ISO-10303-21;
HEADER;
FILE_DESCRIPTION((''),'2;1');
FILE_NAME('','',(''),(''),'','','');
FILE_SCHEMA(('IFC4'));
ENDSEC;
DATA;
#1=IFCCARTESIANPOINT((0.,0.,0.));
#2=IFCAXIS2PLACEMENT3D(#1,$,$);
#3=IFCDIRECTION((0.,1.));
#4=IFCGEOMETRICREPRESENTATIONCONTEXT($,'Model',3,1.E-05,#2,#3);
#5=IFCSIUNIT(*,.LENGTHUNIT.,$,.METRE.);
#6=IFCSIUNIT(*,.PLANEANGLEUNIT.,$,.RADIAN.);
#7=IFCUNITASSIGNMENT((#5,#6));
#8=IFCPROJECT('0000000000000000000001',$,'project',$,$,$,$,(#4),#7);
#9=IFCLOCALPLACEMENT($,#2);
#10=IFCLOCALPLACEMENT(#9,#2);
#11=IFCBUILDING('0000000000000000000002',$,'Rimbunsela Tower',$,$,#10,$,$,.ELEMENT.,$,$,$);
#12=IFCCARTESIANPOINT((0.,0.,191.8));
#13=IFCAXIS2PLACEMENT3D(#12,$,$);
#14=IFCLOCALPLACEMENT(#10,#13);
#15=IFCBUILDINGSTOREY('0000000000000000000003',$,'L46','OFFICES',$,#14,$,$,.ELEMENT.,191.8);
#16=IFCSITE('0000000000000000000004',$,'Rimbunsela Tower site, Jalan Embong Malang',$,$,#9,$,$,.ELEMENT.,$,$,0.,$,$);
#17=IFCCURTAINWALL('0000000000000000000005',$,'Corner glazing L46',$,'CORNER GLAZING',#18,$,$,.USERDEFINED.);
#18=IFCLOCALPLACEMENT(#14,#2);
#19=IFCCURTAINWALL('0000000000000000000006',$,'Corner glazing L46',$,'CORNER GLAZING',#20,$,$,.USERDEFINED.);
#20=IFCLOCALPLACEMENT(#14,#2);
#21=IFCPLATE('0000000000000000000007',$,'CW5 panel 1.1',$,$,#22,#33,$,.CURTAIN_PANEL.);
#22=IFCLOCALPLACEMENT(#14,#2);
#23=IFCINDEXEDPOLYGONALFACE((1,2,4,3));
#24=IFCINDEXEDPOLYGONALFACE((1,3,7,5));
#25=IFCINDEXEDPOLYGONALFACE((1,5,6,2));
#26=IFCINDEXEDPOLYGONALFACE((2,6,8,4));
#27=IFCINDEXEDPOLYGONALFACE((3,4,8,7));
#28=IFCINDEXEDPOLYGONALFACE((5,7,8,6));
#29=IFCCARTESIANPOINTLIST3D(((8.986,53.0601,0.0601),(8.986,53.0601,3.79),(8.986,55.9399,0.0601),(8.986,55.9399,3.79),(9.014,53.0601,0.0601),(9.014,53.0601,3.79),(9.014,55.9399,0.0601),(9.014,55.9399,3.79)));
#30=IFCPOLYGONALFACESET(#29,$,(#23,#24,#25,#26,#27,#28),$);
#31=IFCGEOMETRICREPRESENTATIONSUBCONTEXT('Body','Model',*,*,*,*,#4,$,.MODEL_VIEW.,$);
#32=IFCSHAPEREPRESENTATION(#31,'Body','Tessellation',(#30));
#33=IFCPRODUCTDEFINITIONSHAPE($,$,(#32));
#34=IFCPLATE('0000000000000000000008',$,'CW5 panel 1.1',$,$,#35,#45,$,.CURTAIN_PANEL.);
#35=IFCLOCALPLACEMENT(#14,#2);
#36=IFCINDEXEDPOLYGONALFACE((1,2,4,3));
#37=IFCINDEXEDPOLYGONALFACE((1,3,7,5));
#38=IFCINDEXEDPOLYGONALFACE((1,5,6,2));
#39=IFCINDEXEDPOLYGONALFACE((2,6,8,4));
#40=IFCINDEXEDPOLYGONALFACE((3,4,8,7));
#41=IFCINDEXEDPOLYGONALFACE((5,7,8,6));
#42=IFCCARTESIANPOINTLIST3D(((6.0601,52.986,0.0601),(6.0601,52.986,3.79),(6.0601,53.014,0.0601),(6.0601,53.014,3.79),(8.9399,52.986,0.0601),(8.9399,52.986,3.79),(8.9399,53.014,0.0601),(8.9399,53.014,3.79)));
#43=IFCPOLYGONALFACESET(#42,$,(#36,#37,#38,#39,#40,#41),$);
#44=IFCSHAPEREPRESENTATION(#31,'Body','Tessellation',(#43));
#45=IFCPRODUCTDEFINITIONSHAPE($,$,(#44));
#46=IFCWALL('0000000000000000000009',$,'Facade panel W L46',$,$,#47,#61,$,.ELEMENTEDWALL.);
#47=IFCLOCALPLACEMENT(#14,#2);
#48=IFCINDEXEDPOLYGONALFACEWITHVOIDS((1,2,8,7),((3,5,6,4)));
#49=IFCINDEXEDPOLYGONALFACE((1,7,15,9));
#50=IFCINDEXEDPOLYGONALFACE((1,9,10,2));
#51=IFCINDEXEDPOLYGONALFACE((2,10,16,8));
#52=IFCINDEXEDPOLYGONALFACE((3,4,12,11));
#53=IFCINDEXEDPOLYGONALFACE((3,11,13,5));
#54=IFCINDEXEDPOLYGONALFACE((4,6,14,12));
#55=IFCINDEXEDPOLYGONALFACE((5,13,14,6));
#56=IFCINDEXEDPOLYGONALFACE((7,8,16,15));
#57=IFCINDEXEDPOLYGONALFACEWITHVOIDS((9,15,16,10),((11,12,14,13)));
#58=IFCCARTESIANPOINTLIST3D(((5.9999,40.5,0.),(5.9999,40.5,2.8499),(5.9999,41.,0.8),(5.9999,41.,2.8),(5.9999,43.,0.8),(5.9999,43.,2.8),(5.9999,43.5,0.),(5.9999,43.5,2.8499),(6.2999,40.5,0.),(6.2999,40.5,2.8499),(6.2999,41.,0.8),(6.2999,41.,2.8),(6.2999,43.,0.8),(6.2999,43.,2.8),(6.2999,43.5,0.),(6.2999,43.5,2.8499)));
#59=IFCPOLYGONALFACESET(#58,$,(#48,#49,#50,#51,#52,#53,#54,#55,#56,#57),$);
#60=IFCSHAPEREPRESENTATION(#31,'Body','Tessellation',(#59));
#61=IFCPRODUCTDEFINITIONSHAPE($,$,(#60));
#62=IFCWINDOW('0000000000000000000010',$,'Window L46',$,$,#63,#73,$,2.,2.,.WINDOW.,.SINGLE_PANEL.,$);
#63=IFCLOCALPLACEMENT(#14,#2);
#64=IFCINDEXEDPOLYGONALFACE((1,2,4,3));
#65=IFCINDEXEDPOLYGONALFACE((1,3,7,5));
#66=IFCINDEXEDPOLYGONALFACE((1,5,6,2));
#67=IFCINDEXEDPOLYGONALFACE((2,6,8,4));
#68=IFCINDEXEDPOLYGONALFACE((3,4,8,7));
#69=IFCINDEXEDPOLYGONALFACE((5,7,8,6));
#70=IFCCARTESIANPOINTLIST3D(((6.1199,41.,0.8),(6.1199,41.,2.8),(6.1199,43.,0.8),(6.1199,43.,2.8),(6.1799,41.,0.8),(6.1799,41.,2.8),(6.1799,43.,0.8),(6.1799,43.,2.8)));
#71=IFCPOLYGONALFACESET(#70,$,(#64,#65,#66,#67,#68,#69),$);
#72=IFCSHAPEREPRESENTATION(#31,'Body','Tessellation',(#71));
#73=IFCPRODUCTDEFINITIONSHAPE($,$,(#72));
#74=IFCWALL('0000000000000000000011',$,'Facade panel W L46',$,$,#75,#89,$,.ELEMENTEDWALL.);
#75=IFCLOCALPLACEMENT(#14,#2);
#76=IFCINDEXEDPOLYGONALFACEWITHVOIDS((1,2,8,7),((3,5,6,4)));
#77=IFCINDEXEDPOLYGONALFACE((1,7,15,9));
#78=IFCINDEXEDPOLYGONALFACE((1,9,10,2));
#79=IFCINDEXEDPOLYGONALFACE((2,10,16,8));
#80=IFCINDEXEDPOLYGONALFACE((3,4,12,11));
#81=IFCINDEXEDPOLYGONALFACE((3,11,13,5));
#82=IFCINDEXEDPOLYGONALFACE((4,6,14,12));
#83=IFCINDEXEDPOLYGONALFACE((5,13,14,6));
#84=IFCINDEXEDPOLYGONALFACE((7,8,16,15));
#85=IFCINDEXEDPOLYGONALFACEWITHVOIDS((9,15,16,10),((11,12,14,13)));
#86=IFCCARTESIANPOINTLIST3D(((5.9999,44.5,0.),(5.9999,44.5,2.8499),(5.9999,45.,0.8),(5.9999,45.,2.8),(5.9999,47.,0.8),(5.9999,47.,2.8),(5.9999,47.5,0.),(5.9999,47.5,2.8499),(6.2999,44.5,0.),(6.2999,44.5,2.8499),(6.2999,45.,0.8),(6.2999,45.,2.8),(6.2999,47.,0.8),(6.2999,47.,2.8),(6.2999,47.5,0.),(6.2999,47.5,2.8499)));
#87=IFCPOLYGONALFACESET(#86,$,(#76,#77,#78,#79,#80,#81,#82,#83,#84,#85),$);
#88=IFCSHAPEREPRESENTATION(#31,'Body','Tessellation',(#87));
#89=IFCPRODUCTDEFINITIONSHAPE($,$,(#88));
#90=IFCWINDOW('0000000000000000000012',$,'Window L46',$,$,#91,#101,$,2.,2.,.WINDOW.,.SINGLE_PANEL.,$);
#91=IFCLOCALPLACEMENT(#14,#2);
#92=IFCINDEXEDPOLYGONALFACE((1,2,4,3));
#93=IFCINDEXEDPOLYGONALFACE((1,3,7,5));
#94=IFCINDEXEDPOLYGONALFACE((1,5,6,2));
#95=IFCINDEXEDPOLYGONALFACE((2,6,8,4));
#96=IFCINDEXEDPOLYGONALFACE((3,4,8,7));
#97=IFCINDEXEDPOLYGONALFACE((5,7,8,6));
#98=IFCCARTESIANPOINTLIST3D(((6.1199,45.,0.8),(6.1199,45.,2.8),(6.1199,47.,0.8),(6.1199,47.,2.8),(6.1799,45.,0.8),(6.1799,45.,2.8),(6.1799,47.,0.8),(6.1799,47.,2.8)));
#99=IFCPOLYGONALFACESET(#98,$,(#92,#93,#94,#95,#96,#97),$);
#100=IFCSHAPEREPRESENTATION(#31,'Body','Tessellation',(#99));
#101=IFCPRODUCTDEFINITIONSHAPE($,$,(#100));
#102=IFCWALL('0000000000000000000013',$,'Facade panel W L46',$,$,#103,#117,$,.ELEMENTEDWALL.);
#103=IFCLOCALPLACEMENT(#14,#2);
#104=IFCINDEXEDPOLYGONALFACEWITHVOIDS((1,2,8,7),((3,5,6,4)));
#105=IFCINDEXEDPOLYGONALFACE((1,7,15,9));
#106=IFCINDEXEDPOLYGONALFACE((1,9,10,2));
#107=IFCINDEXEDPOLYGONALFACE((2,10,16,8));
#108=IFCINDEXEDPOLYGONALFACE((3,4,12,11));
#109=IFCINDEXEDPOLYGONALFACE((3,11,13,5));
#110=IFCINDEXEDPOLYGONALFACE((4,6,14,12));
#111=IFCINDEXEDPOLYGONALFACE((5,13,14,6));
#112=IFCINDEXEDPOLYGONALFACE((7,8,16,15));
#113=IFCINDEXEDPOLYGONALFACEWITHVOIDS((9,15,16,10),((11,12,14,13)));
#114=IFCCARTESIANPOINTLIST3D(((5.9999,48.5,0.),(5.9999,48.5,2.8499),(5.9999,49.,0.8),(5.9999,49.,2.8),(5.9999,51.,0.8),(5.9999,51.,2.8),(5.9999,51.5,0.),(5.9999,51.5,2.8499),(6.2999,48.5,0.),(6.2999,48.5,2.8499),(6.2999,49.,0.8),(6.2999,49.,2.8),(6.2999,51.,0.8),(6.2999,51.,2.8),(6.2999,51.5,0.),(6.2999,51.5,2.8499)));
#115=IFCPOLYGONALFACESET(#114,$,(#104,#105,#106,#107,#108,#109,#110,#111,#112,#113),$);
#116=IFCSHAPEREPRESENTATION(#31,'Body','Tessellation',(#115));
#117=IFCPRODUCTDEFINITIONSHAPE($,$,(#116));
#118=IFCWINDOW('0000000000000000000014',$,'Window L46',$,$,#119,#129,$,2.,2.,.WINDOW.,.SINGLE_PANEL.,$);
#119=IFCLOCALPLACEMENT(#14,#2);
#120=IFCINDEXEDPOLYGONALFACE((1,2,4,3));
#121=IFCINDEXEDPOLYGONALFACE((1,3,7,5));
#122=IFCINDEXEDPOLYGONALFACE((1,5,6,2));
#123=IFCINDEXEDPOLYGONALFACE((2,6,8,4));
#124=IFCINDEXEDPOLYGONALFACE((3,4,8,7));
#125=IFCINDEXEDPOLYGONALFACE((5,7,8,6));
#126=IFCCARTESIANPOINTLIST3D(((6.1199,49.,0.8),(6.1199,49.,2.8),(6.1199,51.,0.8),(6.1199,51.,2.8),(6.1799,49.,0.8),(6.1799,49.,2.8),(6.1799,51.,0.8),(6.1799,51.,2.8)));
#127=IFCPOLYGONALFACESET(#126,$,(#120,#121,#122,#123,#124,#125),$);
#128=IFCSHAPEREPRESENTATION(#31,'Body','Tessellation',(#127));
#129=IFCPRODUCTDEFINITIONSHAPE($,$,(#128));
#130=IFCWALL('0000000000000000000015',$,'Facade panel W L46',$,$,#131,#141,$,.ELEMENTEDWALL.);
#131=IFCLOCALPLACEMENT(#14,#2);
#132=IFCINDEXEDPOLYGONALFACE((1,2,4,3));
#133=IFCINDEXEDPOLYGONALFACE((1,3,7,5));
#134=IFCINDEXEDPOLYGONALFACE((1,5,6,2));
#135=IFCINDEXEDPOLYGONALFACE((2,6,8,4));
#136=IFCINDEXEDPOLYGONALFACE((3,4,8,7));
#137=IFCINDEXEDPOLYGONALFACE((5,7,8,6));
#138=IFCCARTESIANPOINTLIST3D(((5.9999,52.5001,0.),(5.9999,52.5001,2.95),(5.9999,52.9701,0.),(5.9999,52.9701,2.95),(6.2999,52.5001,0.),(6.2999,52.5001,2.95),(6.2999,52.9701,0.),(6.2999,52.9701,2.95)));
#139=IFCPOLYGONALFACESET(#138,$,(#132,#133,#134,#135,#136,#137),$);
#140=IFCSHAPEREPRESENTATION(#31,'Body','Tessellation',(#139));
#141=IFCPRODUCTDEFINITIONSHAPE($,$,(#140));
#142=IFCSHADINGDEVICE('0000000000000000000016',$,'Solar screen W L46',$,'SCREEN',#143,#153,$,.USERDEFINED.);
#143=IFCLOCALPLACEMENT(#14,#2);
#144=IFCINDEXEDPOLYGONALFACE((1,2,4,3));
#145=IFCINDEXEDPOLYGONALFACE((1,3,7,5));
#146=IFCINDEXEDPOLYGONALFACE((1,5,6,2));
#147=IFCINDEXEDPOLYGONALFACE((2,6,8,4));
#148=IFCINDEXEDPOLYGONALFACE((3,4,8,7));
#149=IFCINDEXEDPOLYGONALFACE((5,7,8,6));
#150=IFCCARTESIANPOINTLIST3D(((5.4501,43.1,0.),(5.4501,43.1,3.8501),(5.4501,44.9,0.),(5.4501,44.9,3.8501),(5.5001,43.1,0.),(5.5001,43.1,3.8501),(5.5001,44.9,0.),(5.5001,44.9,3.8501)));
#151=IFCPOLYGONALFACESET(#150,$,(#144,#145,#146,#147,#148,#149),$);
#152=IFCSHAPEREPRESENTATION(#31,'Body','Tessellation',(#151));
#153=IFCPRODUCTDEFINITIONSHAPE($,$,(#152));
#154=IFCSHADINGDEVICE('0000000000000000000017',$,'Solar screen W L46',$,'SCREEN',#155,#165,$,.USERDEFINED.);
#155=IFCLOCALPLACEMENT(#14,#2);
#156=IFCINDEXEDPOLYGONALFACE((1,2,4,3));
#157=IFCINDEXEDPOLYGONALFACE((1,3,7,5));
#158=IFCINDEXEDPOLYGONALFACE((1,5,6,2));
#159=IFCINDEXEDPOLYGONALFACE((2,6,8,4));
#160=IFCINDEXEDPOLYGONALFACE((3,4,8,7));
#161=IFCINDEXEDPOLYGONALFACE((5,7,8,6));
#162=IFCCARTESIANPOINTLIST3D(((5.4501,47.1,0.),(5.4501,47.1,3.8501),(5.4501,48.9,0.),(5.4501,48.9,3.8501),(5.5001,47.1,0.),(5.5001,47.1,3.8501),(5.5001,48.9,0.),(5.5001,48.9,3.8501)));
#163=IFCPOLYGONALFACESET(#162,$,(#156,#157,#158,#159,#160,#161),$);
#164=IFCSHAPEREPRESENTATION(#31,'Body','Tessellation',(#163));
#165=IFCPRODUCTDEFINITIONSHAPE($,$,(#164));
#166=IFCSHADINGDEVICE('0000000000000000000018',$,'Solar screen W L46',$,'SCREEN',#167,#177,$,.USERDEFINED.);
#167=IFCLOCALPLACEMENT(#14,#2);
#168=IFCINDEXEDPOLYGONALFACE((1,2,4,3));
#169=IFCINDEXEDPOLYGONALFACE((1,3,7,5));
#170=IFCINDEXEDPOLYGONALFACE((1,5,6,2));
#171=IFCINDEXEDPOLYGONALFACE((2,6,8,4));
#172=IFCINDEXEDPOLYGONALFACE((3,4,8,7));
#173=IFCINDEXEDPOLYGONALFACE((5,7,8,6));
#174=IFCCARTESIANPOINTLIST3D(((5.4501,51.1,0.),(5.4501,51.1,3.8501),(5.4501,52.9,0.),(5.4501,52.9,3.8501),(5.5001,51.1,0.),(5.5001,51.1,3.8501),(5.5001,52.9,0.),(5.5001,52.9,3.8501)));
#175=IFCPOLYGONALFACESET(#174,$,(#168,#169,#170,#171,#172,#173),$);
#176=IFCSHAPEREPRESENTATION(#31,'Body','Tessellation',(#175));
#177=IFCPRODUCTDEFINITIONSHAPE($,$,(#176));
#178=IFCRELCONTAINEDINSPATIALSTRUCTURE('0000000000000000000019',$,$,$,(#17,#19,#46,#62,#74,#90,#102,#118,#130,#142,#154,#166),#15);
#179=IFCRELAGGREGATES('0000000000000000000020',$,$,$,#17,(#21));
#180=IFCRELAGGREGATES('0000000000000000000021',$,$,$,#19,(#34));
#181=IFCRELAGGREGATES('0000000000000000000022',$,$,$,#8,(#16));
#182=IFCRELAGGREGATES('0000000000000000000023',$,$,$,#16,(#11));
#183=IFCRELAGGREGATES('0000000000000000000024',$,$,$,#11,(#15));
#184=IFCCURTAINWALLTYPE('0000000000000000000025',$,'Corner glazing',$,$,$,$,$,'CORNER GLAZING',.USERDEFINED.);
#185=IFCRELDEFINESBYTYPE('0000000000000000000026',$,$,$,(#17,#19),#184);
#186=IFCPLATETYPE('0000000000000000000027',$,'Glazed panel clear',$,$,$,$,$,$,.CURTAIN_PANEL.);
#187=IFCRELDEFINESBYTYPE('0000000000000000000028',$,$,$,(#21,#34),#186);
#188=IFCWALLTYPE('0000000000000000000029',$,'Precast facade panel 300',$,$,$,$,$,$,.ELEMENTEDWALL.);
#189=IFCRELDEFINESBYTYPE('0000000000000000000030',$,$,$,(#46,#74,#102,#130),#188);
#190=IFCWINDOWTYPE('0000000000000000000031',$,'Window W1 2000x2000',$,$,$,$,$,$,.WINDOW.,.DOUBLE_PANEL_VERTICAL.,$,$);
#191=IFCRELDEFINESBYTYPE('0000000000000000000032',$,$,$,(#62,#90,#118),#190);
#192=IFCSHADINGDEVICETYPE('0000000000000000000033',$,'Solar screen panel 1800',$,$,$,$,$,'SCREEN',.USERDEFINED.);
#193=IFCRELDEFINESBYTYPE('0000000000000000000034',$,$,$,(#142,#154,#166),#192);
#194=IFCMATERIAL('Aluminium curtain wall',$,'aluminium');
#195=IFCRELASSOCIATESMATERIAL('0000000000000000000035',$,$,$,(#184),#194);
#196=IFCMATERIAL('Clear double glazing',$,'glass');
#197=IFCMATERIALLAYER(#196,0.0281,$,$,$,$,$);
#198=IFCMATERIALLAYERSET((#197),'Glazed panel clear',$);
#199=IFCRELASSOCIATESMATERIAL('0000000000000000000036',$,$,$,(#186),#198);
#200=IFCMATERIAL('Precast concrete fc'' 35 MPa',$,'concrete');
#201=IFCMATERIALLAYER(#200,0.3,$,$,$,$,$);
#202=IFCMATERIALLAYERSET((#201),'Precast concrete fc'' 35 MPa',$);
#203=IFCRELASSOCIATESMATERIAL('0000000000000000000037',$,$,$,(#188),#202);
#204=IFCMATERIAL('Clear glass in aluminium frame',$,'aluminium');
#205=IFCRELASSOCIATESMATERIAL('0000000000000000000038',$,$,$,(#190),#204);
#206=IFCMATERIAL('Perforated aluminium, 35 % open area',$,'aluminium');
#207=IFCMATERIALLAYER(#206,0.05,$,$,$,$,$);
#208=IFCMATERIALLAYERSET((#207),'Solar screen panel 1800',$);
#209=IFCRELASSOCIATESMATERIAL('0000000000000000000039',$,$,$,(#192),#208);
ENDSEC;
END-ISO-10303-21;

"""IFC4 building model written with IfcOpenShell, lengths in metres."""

from ifc_helpers import new_model, si_unit, direction, frame, frame_2d, origin, origin_2d, place, context, subcontext, project, spatial, rectangle, extrude, material, layer, layer_set, type_object, element, fill, aggregate, save


model = new_model("IFC4")

# Units and contexts
model_context = context("Model", 3, precision=1e-05, world=origin(), true_north=direction((0.0, 1.0)))
body_context = subcontext(model_context, "Body", "Model", "MODEL_VIEW")
ifc_project = project(units=[si_unit("LENGTHUNIT", "METRE"), si_unit("PLANEANGLEUNIT", "RADIAN")], contexts=[model_context])

# Site, building, storey
site_placement = place(None, origin())
site = spatial("IfcSite", under=ifc_project, at=site_placement, Name="Rimbunsela Tower site, Jalan Embong Malang", CompositionType="ELEMENT", RefElevation=0.0)
building_placement = place(site_placement, origin())
building = spatial("IfcBuilding", under=site, at=building_placement, Name="Rimbunsela Tower", CompositionType="ELEMENT")
storey_placement = place(building_placement, frame((0.0, 0.0, 191.8)))
storey = spatial("IfcBuildingStorey", under=building, at=storey_placement, Name="L46", Description="OFFICES", CompositionType="ELEMENT", Elevation=191.8)

# Curtain wall
ifc_material_1 = material(Name="Aluminium curtain wall", Category="aluminium")
curtain_wall_type = type_object("IfcCurtainWallType", Name="Corner glazing", ElementType="CORNER GLAZING", PredefinedType="USERDEFINED", material=ifc_material_1)
curtain_wall_1_placement = place(storey_placement, origin())
curtain_wall_1 = element("IfcCurtainWall", 1, at=curtain_wall_1_placement, inside=storey, type_object=curtain_wall_type, Name="Corner glazing L46", ObjectType="CORNER GLAZING", PredefinedType="USERDEFINED")

# Curtain wall
curtain_wall_2_placement = place(storey_placement, origin())
curtain_wall_2 = element("IfcCurtainWall", 2, at=curtain_wall_2_placement, inside=storey, type_object=curtain_wall_type, Name="Corner glazing L46", ObjectType="CORNER GLAZING", PredefinedType="USERDEFINED")

# Plates
ifc_material_2 = material(Name="Clear double glazing", Category="glass")
ifc_layer_1 = layer(ifc_material_2, 0.0281)
ifc_layer_set_1 = layer_set([ifc_layer_1], Name="Glazed panel clear")
plate_type = type_object("IfcPlateType", Name="Glazed panel clear", PredefinedType="CURTAIN_PANEL", material=ifc_layer_set_1)
plate_1_placement = place(storey_placement, frame((9.0, 54.5, 0.0601), z_axis=(0.0, 0.0, 1.0), x_axis=(0.0, -1.0, 0.0)))
plate_1 = element("IfcPlate", 3, at=plate_1_placement, type_object=plate_type, Name="CW5 panel 1.1", PredefinedType="CURTAIN_PANEL", context=body_context, shape_type="SweptSolid", body=[
    extrude(rectangle(XDim=2.8799, YDim=0.0281, at=origin_2d()), origin(), (0.0, 0.0, 1.0), 3.73),
])
aggregate(curtain_wall_1, [plate_1])
plate_2_placement = place(storey_placement, frame((7.5, 53.0, 0.0601), z_axis=(0.0, 0.0, 1.0), x_axis=(-1.0, 0.0, 0.0)))
plate_2 = element("IfcPlate", 4, at=plate_2_placement, type_object=plate_type, Name="CW5 panel 1.1", PredefinedType="CURTAIN_PANEL", context=body_context, shape_type="SweptSolid", body=[
    extrude(rectangle(XDim=2.8799, YDim=0.0281, at=origin_2d()), origin(), (0.0, 0.0, 1.0), 3.73),
])
aggregate(curtain_wall_2, [plate_2])

# Walls, openings, windows
ifc_material_3 = material(Name="Precast concrete fc' 35 MPa", Category="concrete")
ifc_layer_2 = layer(ifc_material_3, 0.3)
ifc_layer_set_2 = layer_set([ifc_layer_2], Name="Precast concrete fc' 35 MPa")
wall_type = type_object("IfcWallType", Name="Precast facade panel 300", PredefinedType="ELEMENTEDWALL", material=ifc_layer_set_2)
wall_1_placement = place(storey_placement, frame((6.1499, 43.5, 0.0), z_axis=(0.0, 0.0, 1.0), x_axis=(0.0, -1.0, 0.0)))
wall_1 = element("IfcWall", 5, at=wall_1_placement, inside=storey, type_object=wall_type, Name="Facade panel W L46", PredefinedType="ELEMENTEDWALL", context=body_context, shape_type="SweptSolid", body=[
    extrude(rectangle(XDim=3.0, YDim=0.3, at=frame_2d((1.5, 0.0))), origin(), (0.0, 0.0, 1.0), 2.8499),
])
opening_1_placement = place(wall_1_placement, frame((0.5, 0.0, 0.8)))
opening_1 = element("IfcOpeningElement", 6, at=opening_1_placement, cuts=wall_1, PredefinedType="OPENING", context=body_context, shape_type="SweptSolid", body=[
    extrude(rectangle(XDim=2.0, YDim=2.0, at=frame_2d((1.0, 1.0))), frame((0.0, 0.1599, 0.0), z_axis=(0.0, -1.0, 0.0), x_axis=(1.0, 0.0, 0.0)), (0.0, 0.0, 1.0), 0.3201),
])
ifc_material_4 = material(Name="Clear glass in aluminium frame", Category="aluminium")
window_type = type_object("IfcWindowType", Name="Window W1 2000x2000", PartitioningType="DOUBLE_PANEL_VERTICAL", PredefinedType="WINDOW", material=ifc_material_4)
window_1_placement = place(opening_1_placement, origin())
window_1 = element("IfcWindow", 7, at=window_1_placement, inside=storey, type_object=window_type, Name="Window L46", OverallHeight=2.0, OverallWidth=2.0, PartitioningType="SINGLE_PANEL", PredefinedType="WINDOW", context=body_context, shape_type="SweptSolid", body=[
    extrude(rectangle(XDim=2.0, YDim=2.0, at=frame_2d((1.0, 1.0))), frame((0.0, 0.03, 0.0), z_axis=(0.0, -1.0, 0.0), x_axis=(1.0, 0.0, 0.0)), (0.0, 0.0, 1.0), 0.0601),
])
fill(opening_1, window_1)
wall_2_placement = place(storey_placement, frame((6.1499, 47.5, 0.0), z_axis=(0.0, 0.0, 1.0), x_axis=(0.0, -1.0, 0.0)))
wall_2 = element("IfcWall", 8, at=wall_2_placement, inside=storey, type_object=wall_type, Name="Facade panel W L46", PredefinedType="ELEMENTEDWALL", context=body_context, shape_type="SweptSolid", body=[
    extrude(rectangle(XDim=3.0, YDim=0.3, at=frame_2d((1.5, 0.0))), origin(), (0.0, 0.0, 1.0), 2.8499),
])
opening_2_placement = place(wall_2_placement, frame((0.5, 0.0, 0.8)))
opening_2 = element("IfcOpeningElement", 9, at=opening_2_placement, cuts=wall_2, PredefinedType="OPENING", context=body_context, shape_type="SweptSolid", body=[
    extrude(rectangle(XDim=2.0, YDim=2.0, at=frame_2d((1.0, 1.0))), frame((0.0, 0.1599, 0.0), z_axis=(0.0, -1.0, 0.0), x_axis=(1.0, 0.0, 0.0)), (0.0, 0.0, 1.0), 0.3201),
])
window_2_placement = place(opening_2_placement, origin())
window_2 = element("IfcWindow", 10, at=window_2_placement, inside=storey, type_object=window_type, Name="Window L46", OverallHeight=2.0, OverallWidth=2.0, PartitioningType="SINGLE_PANEL", PredefinedType="WINDOW", context=body_context, shape_type="SweptSolid", body=[
    extrude(rectangle(XDim=2.0, YDim=2.0, at=frame_2d((1.0, 1.0))), frame((0.0, 0.03, 0.0), z_axis=(0.0, -1.0, 0.0), x_axis=(1.0, 0.0, 0.0)), (0.0, 0.0, 1.0), 0.0601),
])
fill(opening_2, window_2)
wall_3_placement = place(storey_placement, frame((6.1499, 51.5, 0.0), z_axis=(0.0, 0.0, 1.0), x_axis=(0.0, -1.0, 0.0)))
wall_3 = element("IfcWall", 11, at=wall_3_placement, inside=storey, type_object=wall_type, Name="Facade panel W L46", PredefinedType="ELEMENTEDWALL", context=body_context, shape_type="SweptSolid", body=[
    extrude(rectangle(XDim=3.0, YDim=0.3, at=frame_2d((1.5, 0.0))), origin(), (0.0, 0.0, 1.0), 2.8499),
])
opening_3_placement = place(wall_3_placement, frame((0.5, 0.0, 0.8)))
opening_3 = element("IfcOpeningElement", 12, at=opening_3_placement, cuts=wall_3, PredefinedType="OPENING", context=body_context, shape_type="SweptSolid", body=[
    extrude(rectangle(XDim=2.0, YDim=2.0, at=frame_2d((1.0, 1.0))), frame((0.0, 0.1599, 0.0), z_axis=(0.0, -1.0, 0.0), x_axis=(1.0, 0.0, 0.0)), (0.0, 0.0, 1.0), 0.3201),
])
window_3_placement = place(opening_3_placement, origin())
window_3 = element("IfcWindow", 13, at=window_3_placement, inside=storey, type_object=window_type, Name="Window L46", OverallHeight=2.0, OverallWidth=2.0, PartitioningType="SINGLE_PANEL", PredefinedType="WINDOW", context=body_context, shape_type="SweptSolid", body=[
    extrude(rectangle(XDim=2.0, YDim=2.0, at=frame_2d((1.0, 1.0))), frame((0.0, 0.03, 0.0), z_axis=(0.0, -1.0, 0.0), x_axis=(1.0, 0.0, 0.0)), (0.0, 0.0, 1.0), 0.0601),
])
fill(opening_3, window_3)

# Wall
wall_4_placement = place(storey_placement, frame((6.1499, 52.97, 0.0), z_axis=(0.0, 0.0, 1.0), x_axis=(0.0, -1.0, 0.0)))
element("IfcWall", 14, at=wall_4_placement, inside=storey, type_object=wall_type, Name="Facade panel W L46", PredefinedType="ELEMENTEDWALL", context=body_context, shape_type="SweptSolid", body=[
    extrude(rectangle(XDim=0.47, YDim=0.3, at=frame_2d((0.2349, 0.0))), origin(), (0.0, 0.0, 1.0), 2.95),
])

# Shading devices
ifc_material_5 = material(Name="Perforated aluminium, 35 % open area", Category="aluminium")
ifc_layer_3 = layer(ifc_material_5, 0.05)
ifc_layer_set_3 = layer_set([ifc_layer_3], Name="Solar screen panel 1800")
shading_device_type = type_object("IfcShadingDeviceType", Name="Solar screen panel 1800", ElementType="SCREEN", PredefinedType="USERDEFINED", material=ifc_layer_set_3)
for number, where, z_axis, x_axis, name in (
    (15, (5.4751, 44.0, 0.0), (0.0, 0.0, 1.0), (0.0, 1.0, 0.0), "Solar screen W L46"),
    (16, (5.4751, 48.0, 0.0), (0.0, 0.0, 1.0), (0.0, 1.0, 0.0), "Solar screen W L46"),
    (17, (5.4751, 52.0, 0.0), (0.0, 0.0, 1.0), (0.0, 1.0, 0.0), "Solar screen W L46"),
):
    element("IfcShadingDevice", number, at=place(storey_placement, frame(where, z_axis=z_axis, x_axis=x_axis)), inside=storey, type_object=shading_device_type, Name=name, ObjectType="SCREEN", PredefinedType="USERDEFINED", context=body_context, shape_type="SweptSolid", body=[
        extrude(rectangle(XDim=1.8, YDim=0.05, at=origin_2d()), origin(), (0.0, 0.0, 1.0), 3.8501),
    ])

save(model, "model.ifc")
